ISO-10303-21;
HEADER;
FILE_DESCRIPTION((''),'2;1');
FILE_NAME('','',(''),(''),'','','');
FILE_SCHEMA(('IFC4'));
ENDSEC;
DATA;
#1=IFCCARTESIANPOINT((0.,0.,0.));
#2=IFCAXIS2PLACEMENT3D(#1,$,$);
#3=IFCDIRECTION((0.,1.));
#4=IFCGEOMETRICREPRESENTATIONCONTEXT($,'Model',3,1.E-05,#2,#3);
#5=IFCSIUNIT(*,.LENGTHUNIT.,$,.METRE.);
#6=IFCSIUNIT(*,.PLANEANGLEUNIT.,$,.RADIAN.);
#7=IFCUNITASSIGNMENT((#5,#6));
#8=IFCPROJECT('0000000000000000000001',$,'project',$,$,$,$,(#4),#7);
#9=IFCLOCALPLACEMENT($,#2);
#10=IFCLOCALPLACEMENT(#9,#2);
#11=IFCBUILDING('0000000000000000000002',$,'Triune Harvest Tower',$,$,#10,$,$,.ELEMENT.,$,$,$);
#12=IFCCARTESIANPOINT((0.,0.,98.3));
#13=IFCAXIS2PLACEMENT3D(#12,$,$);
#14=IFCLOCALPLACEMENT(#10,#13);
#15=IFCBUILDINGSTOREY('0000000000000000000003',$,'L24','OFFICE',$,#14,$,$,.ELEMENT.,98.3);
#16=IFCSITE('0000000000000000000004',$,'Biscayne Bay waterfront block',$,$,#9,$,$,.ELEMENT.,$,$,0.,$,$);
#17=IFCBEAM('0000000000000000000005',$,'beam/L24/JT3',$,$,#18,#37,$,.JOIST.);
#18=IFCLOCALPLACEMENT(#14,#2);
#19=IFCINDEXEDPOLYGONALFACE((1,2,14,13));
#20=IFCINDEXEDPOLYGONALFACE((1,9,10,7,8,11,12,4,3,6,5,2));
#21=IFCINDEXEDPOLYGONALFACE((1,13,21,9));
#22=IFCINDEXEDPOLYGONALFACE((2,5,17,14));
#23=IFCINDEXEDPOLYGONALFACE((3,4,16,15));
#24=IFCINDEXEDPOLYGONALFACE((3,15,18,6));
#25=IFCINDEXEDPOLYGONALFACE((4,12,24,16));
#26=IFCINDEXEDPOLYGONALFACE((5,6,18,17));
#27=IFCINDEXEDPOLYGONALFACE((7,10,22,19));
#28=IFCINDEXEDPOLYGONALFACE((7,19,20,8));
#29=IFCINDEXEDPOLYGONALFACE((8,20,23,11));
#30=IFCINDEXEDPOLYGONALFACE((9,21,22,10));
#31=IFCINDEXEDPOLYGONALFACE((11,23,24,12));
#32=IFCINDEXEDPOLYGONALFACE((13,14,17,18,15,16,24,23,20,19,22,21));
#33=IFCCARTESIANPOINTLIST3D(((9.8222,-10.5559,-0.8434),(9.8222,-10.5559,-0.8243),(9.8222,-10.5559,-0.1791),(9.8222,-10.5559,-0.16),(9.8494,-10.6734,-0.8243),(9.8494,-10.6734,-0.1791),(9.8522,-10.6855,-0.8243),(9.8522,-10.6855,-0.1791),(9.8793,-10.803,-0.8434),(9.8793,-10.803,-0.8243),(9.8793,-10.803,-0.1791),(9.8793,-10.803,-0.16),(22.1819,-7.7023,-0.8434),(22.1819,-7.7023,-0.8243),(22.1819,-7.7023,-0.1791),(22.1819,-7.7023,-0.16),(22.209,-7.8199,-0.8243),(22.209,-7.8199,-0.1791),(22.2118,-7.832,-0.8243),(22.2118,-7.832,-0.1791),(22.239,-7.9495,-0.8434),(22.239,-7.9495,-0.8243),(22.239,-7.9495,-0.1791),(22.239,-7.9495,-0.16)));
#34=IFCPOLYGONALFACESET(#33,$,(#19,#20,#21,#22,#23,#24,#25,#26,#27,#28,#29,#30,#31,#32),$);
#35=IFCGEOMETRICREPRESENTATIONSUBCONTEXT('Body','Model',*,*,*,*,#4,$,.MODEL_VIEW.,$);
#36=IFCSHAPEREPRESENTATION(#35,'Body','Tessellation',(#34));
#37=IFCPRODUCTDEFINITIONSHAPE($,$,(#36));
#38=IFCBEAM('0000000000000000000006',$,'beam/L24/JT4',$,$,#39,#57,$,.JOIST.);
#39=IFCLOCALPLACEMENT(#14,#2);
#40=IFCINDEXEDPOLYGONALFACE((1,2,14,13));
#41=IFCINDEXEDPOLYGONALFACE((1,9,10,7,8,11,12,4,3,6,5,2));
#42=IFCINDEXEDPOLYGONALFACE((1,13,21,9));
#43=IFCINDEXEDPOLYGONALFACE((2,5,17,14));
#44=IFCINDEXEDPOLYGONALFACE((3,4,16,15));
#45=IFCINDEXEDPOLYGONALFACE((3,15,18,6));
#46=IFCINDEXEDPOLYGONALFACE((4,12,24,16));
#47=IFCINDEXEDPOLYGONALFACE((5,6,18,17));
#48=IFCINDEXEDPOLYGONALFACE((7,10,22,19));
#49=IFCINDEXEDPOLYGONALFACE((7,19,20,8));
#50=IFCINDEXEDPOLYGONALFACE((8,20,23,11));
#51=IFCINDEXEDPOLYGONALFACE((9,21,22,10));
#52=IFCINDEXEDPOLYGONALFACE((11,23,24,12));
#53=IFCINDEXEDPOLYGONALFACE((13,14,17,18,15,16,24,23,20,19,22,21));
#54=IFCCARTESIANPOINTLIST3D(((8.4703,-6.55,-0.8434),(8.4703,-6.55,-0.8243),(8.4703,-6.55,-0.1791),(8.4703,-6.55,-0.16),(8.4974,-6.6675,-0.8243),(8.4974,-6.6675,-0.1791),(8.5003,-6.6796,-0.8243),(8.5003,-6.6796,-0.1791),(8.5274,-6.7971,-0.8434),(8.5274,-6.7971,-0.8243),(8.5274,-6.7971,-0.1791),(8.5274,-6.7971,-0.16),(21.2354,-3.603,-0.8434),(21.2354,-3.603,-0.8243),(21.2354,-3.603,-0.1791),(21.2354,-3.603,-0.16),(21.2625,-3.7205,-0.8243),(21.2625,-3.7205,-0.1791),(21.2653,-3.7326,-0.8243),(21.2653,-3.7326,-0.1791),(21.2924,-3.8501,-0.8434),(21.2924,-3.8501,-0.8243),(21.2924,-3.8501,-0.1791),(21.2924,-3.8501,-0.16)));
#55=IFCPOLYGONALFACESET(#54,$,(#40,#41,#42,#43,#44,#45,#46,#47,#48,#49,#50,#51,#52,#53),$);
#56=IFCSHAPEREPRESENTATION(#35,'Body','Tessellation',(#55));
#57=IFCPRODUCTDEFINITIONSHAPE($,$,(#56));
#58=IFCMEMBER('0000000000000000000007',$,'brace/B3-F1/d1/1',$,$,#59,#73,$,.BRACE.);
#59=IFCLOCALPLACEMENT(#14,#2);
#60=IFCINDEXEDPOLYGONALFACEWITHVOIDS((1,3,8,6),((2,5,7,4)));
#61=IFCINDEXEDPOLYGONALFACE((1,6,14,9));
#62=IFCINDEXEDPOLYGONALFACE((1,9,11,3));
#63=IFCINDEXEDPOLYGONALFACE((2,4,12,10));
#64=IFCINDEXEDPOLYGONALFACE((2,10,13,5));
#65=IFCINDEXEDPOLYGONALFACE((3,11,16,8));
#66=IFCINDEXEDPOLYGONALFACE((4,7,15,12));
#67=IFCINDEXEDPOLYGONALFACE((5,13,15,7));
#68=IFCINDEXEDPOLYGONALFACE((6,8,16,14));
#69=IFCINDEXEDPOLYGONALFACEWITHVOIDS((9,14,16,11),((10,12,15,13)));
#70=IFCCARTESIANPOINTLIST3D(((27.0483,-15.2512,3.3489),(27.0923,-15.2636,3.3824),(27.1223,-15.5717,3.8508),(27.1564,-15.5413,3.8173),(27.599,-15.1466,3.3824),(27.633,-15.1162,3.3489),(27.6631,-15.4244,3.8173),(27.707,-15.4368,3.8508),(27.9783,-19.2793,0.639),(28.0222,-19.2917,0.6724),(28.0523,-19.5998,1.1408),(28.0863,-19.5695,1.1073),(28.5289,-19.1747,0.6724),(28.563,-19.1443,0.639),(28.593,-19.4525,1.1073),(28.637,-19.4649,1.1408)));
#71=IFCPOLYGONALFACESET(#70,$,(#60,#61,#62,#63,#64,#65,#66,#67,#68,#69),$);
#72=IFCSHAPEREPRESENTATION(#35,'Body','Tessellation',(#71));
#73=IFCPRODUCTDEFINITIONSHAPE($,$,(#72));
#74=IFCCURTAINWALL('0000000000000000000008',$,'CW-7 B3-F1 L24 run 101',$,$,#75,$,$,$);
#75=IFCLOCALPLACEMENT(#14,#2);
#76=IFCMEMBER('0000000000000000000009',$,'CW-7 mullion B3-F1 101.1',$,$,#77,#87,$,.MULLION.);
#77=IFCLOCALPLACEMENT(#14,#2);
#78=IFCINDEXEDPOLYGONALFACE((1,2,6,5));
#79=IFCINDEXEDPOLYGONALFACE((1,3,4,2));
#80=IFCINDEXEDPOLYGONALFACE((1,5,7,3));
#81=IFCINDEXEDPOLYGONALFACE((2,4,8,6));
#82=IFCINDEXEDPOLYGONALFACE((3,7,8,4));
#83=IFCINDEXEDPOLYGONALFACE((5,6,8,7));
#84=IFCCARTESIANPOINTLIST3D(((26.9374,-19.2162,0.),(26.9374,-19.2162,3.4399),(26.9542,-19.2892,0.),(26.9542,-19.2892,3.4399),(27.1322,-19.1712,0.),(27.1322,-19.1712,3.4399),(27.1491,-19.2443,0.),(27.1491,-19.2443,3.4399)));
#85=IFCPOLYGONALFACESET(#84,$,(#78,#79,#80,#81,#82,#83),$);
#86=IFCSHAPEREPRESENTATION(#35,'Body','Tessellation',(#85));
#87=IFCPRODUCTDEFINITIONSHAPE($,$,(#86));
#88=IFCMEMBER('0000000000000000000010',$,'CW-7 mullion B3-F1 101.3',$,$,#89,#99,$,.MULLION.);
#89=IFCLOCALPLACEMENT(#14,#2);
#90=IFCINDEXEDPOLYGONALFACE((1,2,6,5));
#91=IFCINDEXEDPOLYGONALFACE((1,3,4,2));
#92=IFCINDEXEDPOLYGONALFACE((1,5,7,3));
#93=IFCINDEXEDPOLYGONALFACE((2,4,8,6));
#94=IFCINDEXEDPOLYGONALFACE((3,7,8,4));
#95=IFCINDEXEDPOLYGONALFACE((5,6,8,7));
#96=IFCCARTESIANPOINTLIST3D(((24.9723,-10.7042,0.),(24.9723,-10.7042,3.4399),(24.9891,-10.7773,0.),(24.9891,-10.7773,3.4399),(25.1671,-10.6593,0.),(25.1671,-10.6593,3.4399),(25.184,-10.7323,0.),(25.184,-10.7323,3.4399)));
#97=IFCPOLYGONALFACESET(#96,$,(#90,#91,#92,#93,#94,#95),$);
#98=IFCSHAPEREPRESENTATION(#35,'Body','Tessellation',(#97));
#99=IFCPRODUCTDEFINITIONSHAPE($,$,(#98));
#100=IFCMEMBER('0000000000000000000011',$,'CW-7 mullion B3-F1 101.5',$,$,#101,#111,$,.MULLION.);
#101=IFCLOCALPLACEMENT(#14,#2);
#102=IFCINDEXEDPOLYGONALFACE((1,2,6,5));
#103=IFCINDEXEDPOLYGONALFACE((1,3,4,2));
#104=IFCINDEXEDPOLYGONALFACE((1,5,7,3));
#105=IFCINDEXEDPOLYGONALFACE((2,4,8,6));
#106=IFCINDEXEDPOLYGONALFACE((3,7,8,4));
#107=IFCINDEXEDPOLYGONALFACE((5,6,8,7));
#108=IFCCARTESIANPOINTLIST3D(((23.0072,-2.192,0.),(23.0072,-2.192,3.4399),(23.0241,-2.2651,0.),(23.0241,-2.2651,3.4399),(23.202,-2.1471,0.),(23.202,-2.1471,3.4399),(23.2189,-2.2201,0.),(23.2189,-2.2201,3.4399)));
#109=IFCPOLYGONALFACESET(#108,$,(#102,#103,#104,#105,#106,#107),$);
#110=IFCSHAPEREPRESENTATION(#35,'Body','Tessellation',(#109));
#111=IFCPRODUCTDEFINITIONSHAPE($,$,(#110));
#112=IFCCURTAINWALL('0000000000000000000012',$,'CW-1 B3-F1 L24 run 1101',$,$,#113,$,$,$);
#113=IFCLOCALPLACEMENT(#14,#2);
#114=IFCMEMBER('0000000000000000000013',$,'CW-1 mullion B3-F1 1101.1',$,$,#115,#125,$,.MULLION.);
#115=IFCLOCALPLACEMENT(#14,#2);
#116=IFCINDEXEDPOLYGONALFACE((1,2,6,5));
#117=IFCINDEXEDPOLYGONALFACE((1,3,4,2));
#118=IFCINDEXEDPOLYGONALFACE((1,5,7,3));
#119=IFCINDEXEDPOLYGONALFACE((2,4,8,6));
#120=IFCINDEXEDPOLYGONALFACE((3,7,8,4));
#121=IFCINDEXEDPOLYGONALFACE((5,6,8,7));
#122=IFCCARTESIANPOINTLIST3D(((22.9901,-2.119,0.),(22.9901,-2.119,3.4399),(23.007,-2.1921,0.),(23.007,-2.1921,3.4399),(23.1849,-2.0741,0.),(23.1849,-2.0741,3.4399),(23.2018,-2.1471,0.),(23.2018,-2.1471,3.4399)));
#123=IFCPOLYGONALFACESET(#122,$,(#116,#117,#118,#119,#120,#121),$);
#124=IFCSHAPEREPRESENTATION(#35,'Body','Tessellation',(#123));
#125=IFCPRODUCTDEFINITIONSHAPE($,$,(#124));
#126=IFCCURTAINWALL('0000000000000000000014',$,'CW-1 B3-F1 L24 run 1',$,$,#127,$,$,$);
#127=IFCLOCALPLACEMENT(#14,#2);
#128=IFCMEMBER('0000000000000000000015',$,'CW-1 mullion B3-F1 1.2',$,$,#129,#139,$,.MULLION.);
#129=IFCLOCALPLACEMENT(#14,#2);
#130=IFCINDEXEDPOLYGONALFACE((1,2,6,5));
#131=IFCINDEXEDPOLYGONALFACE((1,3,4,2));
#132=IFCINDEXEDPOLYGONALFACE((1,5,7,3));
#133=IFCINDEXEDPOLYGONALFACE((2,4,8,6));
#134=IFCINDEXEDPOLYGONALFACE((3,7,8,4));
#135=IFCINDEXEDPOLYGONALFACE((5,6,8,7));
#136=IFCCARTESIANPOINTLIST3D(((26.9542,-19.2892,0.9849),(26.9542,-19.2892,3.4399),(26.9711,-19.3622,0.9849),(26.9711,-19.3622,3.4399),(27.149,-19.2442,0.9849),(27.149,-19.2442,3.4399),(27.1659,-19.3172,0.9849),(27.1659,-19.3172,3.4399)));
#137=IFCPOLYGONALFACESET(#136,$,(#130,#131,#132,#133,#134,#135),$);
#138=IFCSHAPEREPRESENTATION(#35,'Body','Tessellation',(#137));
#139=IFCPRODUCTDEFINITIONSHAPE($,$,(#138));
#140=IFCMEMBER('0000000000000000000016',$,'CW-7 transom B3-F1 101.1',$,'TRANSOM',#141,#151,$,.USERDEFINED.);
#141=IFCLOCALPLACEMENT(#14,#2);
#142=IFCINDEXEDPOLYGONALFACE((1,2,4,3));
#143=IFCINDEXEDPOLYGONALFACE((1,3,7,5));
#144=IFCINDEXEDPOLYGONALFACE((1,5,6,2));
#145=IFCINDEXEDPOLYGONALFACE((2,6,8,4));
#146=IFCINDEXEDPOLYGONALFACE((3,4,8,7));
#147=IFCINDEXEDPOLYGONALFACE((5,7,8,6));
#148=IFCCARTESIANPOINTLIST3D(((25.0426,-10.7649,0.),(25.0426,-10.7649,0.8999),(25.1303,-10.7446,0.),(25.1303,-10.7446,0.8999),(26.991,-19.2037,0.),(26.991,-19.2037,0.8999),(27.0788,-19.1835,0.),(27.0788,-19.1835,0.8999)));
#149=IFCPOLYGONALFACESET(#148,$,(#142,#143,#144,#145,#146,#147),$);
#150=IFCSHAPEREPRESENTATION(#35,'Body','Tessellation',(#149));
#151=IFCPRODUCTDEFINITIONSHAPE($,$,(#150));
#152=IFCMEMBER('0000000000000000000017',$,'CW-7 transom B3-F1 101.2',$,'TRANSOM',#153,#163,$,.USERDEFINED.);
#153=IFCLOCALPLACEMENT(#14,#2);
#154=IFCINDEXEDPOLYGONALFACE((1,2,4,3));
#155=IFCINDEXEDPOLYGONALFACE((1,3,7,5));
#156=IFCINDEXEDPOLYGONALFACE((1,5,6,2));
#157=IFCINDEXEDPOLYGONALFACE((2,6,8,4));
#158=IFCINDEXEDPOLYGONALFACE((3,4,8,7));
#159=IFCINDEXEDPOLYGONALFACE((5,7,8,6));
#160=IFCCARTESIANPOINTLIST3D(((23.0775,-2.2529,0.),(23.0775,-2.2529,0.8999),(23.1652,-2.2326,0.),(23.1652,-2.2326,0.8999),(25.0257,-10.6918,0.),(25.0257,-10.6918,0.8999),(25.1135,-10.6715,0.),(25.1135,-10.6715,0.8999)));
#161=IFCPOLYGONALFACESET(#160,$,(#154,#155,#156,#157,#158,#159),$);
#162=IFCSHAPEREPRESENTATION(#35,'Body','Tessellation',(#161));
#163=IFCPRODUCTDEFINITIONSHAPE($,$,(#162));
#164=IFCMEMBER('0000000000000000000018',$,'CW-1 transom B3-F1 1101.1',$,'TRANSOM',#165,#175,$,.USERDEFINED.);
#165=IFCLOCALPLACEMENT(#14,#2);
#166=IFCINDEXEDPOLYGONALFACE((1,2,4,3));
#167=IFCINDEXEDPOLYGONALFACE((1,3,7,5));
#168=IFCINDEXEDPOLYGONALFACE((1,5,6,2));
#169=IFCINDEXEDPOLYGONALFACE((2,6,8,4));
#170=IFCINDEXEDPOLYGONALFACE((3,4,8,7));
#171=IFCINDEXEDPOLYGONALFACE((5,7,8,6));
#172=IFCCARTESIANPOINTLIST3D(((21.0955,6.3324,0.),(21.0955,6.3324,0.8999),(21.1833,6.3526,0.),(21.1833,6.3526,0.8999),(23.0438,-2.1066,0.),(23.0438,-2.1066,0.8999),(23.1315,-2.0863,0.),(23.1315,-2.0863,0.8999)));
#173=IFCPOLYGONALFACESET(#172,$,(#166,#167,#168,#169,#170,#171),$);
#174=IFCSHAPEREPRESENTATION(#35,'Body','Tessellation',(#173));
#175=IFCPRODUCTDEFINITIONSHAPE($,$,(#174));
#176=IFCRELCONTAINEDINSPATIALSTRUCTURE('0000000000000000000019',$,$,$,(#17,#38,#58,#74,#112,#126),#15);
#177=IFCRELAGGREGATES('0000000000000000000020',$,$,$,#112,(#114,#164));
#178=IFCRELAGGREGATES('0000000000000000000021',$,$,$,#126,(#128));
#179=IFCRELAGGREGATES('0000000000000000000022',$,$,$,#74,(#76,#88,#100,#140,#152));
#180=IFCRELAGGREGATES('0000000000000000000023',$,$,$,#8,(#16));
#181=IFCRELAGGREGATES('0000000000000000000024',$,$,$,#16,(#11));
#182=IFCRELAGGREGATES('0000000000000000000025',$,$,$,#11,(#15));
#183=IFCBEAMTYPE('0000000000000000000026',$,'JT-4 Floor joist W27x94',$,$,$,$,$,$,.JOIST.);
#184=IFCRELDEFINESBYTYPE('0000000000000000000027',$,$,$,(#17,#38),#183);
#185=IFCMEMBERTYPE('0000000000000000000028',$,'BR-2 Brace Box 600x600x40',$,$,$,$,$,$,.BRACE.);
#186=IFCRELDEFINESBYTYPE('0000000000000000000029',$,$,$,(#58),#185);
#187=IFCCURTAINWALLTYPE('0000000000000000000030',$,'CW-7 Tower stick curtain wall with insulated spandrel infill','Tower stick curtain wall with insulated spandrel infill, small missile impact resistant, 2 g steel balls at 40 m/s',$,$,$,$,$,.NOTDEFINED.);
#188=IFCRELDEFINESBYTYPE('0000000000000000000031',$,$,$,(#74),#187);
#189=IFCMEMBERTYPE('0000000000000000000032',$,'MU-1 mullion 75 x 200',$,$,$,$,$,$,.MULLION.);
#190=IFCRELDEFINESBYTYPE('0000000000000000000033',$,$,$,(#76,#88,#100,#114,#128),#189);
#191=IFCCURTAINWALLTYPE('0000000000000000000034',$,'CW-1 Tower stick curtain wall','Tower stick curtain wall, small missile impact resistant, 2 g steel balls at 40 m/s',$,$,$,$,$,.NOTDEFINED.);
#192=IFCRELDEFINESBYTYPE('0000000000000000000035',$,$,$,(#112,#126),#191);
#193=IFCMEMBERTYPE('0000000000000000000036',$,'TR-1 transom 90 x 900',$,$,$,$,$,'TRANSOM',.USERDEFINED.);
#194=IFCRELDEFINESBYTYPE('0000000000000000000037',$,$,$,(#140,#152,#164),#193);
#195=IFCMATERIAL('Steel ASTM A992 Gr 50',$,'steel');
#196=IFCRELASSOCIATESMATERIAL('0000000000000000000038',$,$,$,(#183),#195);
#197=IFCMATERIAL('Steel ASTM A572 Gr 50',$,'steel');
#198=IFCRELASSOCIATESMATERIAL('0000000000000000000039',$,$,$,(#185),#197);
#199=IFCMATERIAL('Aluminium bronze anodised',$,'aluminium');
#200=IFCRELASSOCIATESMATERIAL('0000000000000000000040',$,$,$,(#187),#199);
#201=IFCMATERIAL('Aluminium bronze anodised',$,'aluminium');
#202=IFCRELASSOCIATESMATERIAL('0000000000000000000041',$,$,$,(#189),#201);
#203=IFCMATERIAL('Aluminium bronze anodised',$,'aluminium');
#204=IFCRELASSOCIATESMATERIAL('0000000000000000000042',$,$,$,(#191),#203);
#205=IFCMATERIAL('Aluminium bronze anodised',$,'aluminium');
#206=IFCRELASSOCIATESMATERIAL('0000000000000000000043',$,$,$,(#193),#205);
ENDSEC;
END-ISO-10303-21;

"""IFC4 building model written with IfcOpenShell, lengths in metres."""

from ifc_helpers import new_model, si_unit, direction, frame, origin, origin_2d, place, context, subcontext, project, spatial, rectangle, hollow_rectangle, i_section, extrude, source, transform, mapped, material, material_profile, profile_set, type_object, element, aggregate, save


model = new_model("IFC4")

# Units and contexts
model_context = context("Model", 3, precision=1e-05, world=origin(), true_north=direction((0.0, 1.0)))
body_context = subcontext(model_context, "Body", "Model", "MODEL_VIEW")
ifc_project = project(units=[si_unit("LENGTHUNIT", "METRE"), si_unit("PLANEANGLEUNIT", "RADIAN")], contexts=[model_context])

# Site, building, storey
site_placement = place(None, origin())
site = spatial("IfcSite", under=ifc_project, at=site_placement, Name="Biscayne Bay waterfront block", CompositionType="ELEMENT", RefElevation=0.0)
building_placement = place(site_placement, origin())
building = spatial("IfcBuilding", under=site, at=building_placement, Name="Triune Harvest Tower", CompositionType="ELEMENT")
storey_placement = place(building_placement, frame((0.0, 0.0, 98.3)))
storey = spatial("IfcBuildingStorey", under=building, at=storey_placement, Name="L24", Description="OFFICE", CompositionType="ELEMENT", Elevation=98.3)

# Beams
ifc_material_1 = material(Name="Steel ASTM A992 Gr 50", Category="steel")
ifc_material_profile_1 = material_profile(ifc_material_1, i_section(OverallWidth=0.2537, OverallDepth=0.6833, WebThickness=0.0125, FlangeThickness=0.019, at=origin_2d()), Name="W27x94")
ifc_profile_set_1 = profile_set([ifc_material_profile_1], Name="Steel ASTM A992 Gr 50")
beam_type_1 = type_object("IfcBeamType", Name="JT-4 Floor joist W27x94", PredefinedType="JOIST", material=ifc_profile_set_1)
shared_shape_1 = source(origin(), body_context, "Body", "SweptSolid", [
    extrude(i_section(OverallWidth=0.2537, OverallDepth=0.6833, WebThickness=0.0125, FlangeThickness=0.019, at=origin_2d()), origin(), (0.0, 0.0, 1.0), 12.6848),
])
beam_1_placement = place(storey_placement, frame((22.2104, -7.8259, -0.5017), z_axis=(-0.974369, -0.224956, 0.0), x_axis=(0.224956, -0.974369, 0.0)))
element("IfcBeam", 1, at=beam_1_placement, inside=storey, type_object=beam_type_1, Name="beam/L24/JT3", PredefinedType="JOIST", context=body_context, shape_type="MappedRepresentation", body=[
    mapped(shared_shape_1, transform((0.0, 0.0, 0.0), scale=1.0)),
])
shared_shape_2 = source(origin(), body_context, "Body", "SweptSolid", [
    extrude(i_section(OverallWidth=0.2537, OverallDepth=0.6833, WebThickness=0.0125, FlangeThickness=0.019, at=origin_2d()), origin(), (0.0, 0.0, 1.0), 13.1008),
])
beam_2_placement = place(storey_placement, frame((21.2639, -3.7266, -0.5017), z_axis=(-0.974371, -0.224948, 0.0), x_axis=(0.224948, -0.974371, 0.0)))
element("IfcBeam", 2, at=beam_2_placement, inside=storey, type_object=beam_type_1, Name="beam/L24/JT4", PredefinedType="JOIST", context=body_context, shape_type="MappedRepresentation", body=[
    mapped(shared_shape_2, transform((0.0, 0.0, 0.0), scale=1.0)),
])

# Member
ifc_material_2 = material(Name="Steel ASTM A572 Gr 50", Category="steel")
ifc_material_profile_2 = material_profile(ifc_material_2, hollow_rectangle(XDim=0.6001, YDim=0.6001, WallThickness=0.04, at=origin_2d()), Name="Box 600x600x40")
ifc_profile_set_2 = profile_set([ifc_material_profile_2], Name="Steel ASTM A572 Gr 50")
member_type_1 = type_object("IfcMemberType", Name="BR-2 Brace Box 600x600x40", PredefinedType="BRACE", material=ifc_profile_set_2)
shared_shape_3 = source(origin(), body_context, "Body", "SweptSolid", [
    extrude(hollow_rectangle(XDim=0.6001, YDim=0.6001, WallThickness=0.04, at=origin_2d()), origin(), (0.0, 0.0, 1.0), 4.9431),
])
member_1_placement = place(storey_placement, frame((28.3076, -19.3721, 0.8899), z_axis=(-0.188128, 0.814892, 0.548233), x_axis=(-0.974371, -0.224946, 0.0)))
element("IfcMember", 3, at=member_1_placement, inside=storey, type_object=member_type_1, Name="brace/B3-F1/d1/1", PredefinedType="BRACE", context=body_context, shape_type="MappedRepresentation", body=[
    mapped(shared_shape_3, transform((0.0, 0.0, 0.0), scale=1.0)),
])

# Curtain wall, members
ifc_material_3 = material(Name="Aluminium bronze anodised", Category="aluminium")
curtain_wall_type_1 = type_object("IfcCurtainWallType", Name="CW-7 Tower stick curtain wall with insulated spandrel infill", Description="Tower stick curtain wall with insulated spandrel infill, small missile impact resistant, 2 g steel balls at 40 m/s", PredefinedType="NOTDEFINED", material=ifc_material_3)
curtain_wall_1_placement = place(storey_placement, origin())
curtain_wall_1 = element("IfcCurtainWall", 4, at=curtain_wall_1_placement, inside=storey, type_object=curtain_wall_type_1, Name="CW-7 B3-F1 L24 run 101")
ifc_material_4 = material(Name="Aluminium bronze anodised", Category="aluminium")
ifc_material_profile_3 = material_profile(ifc_material_4, rectangle(XDim=0.2, YDim=0.075, at=origin_2d()), Name="MU-1 mullion 75 x 200")
ifc_profile_set_3 = profile_set([ifc_material_profile_3], Name="Aluminium bronze anodised")
member_type_2 = type_object("IfcMemberType", Name="MU-1 mullion 75 x 200", PredefinedType="MULLION", material=ifc_profile_set_3)
shared_shape_4 = source(origin(), body_context, "Body", "SweptSolid", [
    extrude(rectangle(XDim=0.2, YDim=0.075, at=origin_2d()), origin(), (0.0, 0.0, 1.0), 3.4399),
])
member_2_placement = place(storey_placement, frame((27.0432, -19.2302, 0.0), z_axis=(0.0, 0.0, 1.0), x_axis=(-0.97437, -0.22495, 0.0)))
member_2 = element("IfcMember", 5, at=member_2_placement, type_object=member_type_2, Name="CW-7 mullion B3-F1 101.1", PredefinedType="MULLION", context=body_context, shape_type="MappedRepresentation", body=[
    mapped(shared_shape_4, transform((0.0, 0.0, 0.0), scale=1.0)),
])
member_3_placement = place(storey_placement, frame((25.0781, -10.7183, 0.0), z_axis=(0.0, 0.0, 1.0), x_axis=(-0.97437, -0.22495, 0.0)))
member_3 = element("IfcMember", 6, at=member_3_placement, type_object=member_type_2, Name="CW-7 mullion B3-F1 101.3", PredefinedType="MULLION", context=body_context, shape_type="MappedRepresentation", body=[
    mapped(shared_shape_4, transform((0.0, 0.0, 0.0), scale=1.0)),
])
member_4_placement = place(storey_placement, frame((23.113, -2.2061, 0.0), z_axis=(0.0, 0.0, 1.0), x_axis=(-0.97437, -0.22495, 0.0)))
member_4 = element("IfcMember", 7, at=member_4_placement, type_object=member_type_2, Name="CW-7 mullion B3-F1 101.5", PredefinedType="MULLION", context=body_context, shape_type="MappedRepresentation", body=[
    mapped(shared_shape_4, transform((0.0, 0.0, 0.0), scale=1.0)),
])

# Curtain walls, members
ifc_material_5 = material(Name="Aluminium bronze anodised", Category="aluminium")
curtain_wall_type_2 = type_object("IfcCurtainWallType", Name="CW-1 Tower stick curtain wall", Description="Tower stick curtain wall, small missile impact resistant, 2 g steel balls at 40 m/s", PredefinedType="NOTDEFINED", material=ifc_material_5)
curtain_wall_2_placement = place(storey_placement, origin())
curtain_wall_2 = element("IfcCurtainWall", 8, at=curtain_wall_2_placement, inside=storey, type_object=curtain_wall_type_2, Name="CW-1 B3-F1 L24 run 1101")
member_5_placement = place(storey_placement, frame((23.0959, -2.1331, 0.0), z_axis=(0.0, 0.0, 1.0), x_axis=(-0.974369, -0.224955, 0.0)))
member_5 = element("IfcMember", 9, at=member_5_placement, type_object=member_type_2, Name="CW-1 mullion B3-F1 1101.1", PredefinedType="MULLION", context=body_context, shape_type="MappedRepresentation", body=[
    mapped(shared_shape_4, transform((0.0, 0.0, 0.0), scale=1.0)),
])
curtain_wall_3_placement = place(storey_placement, origin())
curtain_wall_3 = element("IfcCurtainWall", 10, at=curtain_wall_3_placement, inside=storey, type_object=curtain_wall_type_2, Name="CW-1 B3-F1 L24 run 1")
shared_shape_5 = source(origin(), body_context, "Body", "SweptSolid", [
    extrude(rectangle(XDim=0.2, YDim=0.075, at=origin_2d()), origin(), (0.0, 0.0, 1.0), 2.4551),
])
member_6_placement = place(storey_placement, frame((27.0601, -19.3032, 0.9849), z_axis=(0.0, 0.0, 1.0), x_axis=(-0.974371, -0.224947, 0.0)))
member_6 = element("IfcMember", 11, at=member_6_placement, type_object=member_type_2, Name="CW-1 mullion B3-F1 1.2", PredefinedType="MULLION", context=body_context, shape_type="MappedRepresentation", body=[
    mapped(shared_shape_5, transform((0.0, 0.0, 0.0), scale=1.0)),
])

# Members
ifc_material_6 = material(Name="Aluminium bronze anodised", Category="aluminium")
ifc_material_profile_4 = material_profile(ifc_material_6, rectangle(XDim=0.0901, YDim=0.8999, at=origin_2d()), Name="TR-1 transom 90 x 900")
ifc_profile_set_4 = profile_set([ifc_material_profile_4], Name="Aluminium bronze anodised")
member_type_3 = type_object("IfcMemberType", Name="TR-1 transom 90 x 900", ElementType="TRANSOM", PredefinedType="USERDEFINED", material=ifc_profile_set_4)
shared_shape_6 = source(origin(), body_context, "Body", "SweptSolid", [
    extrude(rectangle(XDim=0.0901, YDim=0.8999, at=origin_2d()), origin(), (0.0, 0.0, 1.0), 8.6609),
])
member_7_placement = place(storey_placement, frame((27.0349, -19.1936, 0.45), z_axis=(-0.224973, 0.974365, 0.0), x_axis=(-0.974365, -0.224973, 0.0)))
member_7 = element("IfcMember", 12, at=member_7_placement, type_object=member_type_3, Name="CW-7 transom B3-F1 101.1", ObjectType="TRANSOM", PredefinedType="USERDEFINED", context=body_context, shape_type="MappedRepresentation", body=[
    mapped(shared_shape_6, transform((0.0, 0.0, 0.0), scale=1.0)),
])
member_8_placement = place(storey_placement, frame((25.0696, -10.6816, 0.45), z_axis=(-0.224946, 0.974371, 0.0), x_axis=(-0.974371, -0.224946, 0.0)))
member_8 = element("IfcMember", 13, at=member_8_placement, type_object=member_type_3, Name="CW-7 transom B3-F1 101.2", ObjectType="TRANSOM", PredefinedType="USERDEFINED", context=body_context, shape_type="MappedRepresentation", body=[
    mapped(shared_shape_6, transform((0.0, 0.0, 0.0), scale=1.0)),
])
member_9_placement = place(storey_placement, frame((23.0876, -2.0964, 0.45), z_axis=(-0.224946, 0.974371, 0.0), x_axis=(-0.974371, -0.224946, 0.0)))
member_9 = element("IfcMember", 14, at=member_9_placement, type_object=member_type_3, Name="CW-1 transom B3-F1 1101.1", ObjectType="TRANSOM", PredefinedType="USERDEFINED", context=body_context, shape_type="MappedRepresentation", body=[
    mapped(shared_shape_6, transform((0.0, 0.0, 0.0), scale=1.0)),
])
aggregate(curtain_wall_2, [member_5, member_9])

aggregate(curtain_wall_3, [member_6])
aggregate(curtain_wall_1, [member_2, member_3, member_4, member_7, member_8])

save(model, "model.ifc")
